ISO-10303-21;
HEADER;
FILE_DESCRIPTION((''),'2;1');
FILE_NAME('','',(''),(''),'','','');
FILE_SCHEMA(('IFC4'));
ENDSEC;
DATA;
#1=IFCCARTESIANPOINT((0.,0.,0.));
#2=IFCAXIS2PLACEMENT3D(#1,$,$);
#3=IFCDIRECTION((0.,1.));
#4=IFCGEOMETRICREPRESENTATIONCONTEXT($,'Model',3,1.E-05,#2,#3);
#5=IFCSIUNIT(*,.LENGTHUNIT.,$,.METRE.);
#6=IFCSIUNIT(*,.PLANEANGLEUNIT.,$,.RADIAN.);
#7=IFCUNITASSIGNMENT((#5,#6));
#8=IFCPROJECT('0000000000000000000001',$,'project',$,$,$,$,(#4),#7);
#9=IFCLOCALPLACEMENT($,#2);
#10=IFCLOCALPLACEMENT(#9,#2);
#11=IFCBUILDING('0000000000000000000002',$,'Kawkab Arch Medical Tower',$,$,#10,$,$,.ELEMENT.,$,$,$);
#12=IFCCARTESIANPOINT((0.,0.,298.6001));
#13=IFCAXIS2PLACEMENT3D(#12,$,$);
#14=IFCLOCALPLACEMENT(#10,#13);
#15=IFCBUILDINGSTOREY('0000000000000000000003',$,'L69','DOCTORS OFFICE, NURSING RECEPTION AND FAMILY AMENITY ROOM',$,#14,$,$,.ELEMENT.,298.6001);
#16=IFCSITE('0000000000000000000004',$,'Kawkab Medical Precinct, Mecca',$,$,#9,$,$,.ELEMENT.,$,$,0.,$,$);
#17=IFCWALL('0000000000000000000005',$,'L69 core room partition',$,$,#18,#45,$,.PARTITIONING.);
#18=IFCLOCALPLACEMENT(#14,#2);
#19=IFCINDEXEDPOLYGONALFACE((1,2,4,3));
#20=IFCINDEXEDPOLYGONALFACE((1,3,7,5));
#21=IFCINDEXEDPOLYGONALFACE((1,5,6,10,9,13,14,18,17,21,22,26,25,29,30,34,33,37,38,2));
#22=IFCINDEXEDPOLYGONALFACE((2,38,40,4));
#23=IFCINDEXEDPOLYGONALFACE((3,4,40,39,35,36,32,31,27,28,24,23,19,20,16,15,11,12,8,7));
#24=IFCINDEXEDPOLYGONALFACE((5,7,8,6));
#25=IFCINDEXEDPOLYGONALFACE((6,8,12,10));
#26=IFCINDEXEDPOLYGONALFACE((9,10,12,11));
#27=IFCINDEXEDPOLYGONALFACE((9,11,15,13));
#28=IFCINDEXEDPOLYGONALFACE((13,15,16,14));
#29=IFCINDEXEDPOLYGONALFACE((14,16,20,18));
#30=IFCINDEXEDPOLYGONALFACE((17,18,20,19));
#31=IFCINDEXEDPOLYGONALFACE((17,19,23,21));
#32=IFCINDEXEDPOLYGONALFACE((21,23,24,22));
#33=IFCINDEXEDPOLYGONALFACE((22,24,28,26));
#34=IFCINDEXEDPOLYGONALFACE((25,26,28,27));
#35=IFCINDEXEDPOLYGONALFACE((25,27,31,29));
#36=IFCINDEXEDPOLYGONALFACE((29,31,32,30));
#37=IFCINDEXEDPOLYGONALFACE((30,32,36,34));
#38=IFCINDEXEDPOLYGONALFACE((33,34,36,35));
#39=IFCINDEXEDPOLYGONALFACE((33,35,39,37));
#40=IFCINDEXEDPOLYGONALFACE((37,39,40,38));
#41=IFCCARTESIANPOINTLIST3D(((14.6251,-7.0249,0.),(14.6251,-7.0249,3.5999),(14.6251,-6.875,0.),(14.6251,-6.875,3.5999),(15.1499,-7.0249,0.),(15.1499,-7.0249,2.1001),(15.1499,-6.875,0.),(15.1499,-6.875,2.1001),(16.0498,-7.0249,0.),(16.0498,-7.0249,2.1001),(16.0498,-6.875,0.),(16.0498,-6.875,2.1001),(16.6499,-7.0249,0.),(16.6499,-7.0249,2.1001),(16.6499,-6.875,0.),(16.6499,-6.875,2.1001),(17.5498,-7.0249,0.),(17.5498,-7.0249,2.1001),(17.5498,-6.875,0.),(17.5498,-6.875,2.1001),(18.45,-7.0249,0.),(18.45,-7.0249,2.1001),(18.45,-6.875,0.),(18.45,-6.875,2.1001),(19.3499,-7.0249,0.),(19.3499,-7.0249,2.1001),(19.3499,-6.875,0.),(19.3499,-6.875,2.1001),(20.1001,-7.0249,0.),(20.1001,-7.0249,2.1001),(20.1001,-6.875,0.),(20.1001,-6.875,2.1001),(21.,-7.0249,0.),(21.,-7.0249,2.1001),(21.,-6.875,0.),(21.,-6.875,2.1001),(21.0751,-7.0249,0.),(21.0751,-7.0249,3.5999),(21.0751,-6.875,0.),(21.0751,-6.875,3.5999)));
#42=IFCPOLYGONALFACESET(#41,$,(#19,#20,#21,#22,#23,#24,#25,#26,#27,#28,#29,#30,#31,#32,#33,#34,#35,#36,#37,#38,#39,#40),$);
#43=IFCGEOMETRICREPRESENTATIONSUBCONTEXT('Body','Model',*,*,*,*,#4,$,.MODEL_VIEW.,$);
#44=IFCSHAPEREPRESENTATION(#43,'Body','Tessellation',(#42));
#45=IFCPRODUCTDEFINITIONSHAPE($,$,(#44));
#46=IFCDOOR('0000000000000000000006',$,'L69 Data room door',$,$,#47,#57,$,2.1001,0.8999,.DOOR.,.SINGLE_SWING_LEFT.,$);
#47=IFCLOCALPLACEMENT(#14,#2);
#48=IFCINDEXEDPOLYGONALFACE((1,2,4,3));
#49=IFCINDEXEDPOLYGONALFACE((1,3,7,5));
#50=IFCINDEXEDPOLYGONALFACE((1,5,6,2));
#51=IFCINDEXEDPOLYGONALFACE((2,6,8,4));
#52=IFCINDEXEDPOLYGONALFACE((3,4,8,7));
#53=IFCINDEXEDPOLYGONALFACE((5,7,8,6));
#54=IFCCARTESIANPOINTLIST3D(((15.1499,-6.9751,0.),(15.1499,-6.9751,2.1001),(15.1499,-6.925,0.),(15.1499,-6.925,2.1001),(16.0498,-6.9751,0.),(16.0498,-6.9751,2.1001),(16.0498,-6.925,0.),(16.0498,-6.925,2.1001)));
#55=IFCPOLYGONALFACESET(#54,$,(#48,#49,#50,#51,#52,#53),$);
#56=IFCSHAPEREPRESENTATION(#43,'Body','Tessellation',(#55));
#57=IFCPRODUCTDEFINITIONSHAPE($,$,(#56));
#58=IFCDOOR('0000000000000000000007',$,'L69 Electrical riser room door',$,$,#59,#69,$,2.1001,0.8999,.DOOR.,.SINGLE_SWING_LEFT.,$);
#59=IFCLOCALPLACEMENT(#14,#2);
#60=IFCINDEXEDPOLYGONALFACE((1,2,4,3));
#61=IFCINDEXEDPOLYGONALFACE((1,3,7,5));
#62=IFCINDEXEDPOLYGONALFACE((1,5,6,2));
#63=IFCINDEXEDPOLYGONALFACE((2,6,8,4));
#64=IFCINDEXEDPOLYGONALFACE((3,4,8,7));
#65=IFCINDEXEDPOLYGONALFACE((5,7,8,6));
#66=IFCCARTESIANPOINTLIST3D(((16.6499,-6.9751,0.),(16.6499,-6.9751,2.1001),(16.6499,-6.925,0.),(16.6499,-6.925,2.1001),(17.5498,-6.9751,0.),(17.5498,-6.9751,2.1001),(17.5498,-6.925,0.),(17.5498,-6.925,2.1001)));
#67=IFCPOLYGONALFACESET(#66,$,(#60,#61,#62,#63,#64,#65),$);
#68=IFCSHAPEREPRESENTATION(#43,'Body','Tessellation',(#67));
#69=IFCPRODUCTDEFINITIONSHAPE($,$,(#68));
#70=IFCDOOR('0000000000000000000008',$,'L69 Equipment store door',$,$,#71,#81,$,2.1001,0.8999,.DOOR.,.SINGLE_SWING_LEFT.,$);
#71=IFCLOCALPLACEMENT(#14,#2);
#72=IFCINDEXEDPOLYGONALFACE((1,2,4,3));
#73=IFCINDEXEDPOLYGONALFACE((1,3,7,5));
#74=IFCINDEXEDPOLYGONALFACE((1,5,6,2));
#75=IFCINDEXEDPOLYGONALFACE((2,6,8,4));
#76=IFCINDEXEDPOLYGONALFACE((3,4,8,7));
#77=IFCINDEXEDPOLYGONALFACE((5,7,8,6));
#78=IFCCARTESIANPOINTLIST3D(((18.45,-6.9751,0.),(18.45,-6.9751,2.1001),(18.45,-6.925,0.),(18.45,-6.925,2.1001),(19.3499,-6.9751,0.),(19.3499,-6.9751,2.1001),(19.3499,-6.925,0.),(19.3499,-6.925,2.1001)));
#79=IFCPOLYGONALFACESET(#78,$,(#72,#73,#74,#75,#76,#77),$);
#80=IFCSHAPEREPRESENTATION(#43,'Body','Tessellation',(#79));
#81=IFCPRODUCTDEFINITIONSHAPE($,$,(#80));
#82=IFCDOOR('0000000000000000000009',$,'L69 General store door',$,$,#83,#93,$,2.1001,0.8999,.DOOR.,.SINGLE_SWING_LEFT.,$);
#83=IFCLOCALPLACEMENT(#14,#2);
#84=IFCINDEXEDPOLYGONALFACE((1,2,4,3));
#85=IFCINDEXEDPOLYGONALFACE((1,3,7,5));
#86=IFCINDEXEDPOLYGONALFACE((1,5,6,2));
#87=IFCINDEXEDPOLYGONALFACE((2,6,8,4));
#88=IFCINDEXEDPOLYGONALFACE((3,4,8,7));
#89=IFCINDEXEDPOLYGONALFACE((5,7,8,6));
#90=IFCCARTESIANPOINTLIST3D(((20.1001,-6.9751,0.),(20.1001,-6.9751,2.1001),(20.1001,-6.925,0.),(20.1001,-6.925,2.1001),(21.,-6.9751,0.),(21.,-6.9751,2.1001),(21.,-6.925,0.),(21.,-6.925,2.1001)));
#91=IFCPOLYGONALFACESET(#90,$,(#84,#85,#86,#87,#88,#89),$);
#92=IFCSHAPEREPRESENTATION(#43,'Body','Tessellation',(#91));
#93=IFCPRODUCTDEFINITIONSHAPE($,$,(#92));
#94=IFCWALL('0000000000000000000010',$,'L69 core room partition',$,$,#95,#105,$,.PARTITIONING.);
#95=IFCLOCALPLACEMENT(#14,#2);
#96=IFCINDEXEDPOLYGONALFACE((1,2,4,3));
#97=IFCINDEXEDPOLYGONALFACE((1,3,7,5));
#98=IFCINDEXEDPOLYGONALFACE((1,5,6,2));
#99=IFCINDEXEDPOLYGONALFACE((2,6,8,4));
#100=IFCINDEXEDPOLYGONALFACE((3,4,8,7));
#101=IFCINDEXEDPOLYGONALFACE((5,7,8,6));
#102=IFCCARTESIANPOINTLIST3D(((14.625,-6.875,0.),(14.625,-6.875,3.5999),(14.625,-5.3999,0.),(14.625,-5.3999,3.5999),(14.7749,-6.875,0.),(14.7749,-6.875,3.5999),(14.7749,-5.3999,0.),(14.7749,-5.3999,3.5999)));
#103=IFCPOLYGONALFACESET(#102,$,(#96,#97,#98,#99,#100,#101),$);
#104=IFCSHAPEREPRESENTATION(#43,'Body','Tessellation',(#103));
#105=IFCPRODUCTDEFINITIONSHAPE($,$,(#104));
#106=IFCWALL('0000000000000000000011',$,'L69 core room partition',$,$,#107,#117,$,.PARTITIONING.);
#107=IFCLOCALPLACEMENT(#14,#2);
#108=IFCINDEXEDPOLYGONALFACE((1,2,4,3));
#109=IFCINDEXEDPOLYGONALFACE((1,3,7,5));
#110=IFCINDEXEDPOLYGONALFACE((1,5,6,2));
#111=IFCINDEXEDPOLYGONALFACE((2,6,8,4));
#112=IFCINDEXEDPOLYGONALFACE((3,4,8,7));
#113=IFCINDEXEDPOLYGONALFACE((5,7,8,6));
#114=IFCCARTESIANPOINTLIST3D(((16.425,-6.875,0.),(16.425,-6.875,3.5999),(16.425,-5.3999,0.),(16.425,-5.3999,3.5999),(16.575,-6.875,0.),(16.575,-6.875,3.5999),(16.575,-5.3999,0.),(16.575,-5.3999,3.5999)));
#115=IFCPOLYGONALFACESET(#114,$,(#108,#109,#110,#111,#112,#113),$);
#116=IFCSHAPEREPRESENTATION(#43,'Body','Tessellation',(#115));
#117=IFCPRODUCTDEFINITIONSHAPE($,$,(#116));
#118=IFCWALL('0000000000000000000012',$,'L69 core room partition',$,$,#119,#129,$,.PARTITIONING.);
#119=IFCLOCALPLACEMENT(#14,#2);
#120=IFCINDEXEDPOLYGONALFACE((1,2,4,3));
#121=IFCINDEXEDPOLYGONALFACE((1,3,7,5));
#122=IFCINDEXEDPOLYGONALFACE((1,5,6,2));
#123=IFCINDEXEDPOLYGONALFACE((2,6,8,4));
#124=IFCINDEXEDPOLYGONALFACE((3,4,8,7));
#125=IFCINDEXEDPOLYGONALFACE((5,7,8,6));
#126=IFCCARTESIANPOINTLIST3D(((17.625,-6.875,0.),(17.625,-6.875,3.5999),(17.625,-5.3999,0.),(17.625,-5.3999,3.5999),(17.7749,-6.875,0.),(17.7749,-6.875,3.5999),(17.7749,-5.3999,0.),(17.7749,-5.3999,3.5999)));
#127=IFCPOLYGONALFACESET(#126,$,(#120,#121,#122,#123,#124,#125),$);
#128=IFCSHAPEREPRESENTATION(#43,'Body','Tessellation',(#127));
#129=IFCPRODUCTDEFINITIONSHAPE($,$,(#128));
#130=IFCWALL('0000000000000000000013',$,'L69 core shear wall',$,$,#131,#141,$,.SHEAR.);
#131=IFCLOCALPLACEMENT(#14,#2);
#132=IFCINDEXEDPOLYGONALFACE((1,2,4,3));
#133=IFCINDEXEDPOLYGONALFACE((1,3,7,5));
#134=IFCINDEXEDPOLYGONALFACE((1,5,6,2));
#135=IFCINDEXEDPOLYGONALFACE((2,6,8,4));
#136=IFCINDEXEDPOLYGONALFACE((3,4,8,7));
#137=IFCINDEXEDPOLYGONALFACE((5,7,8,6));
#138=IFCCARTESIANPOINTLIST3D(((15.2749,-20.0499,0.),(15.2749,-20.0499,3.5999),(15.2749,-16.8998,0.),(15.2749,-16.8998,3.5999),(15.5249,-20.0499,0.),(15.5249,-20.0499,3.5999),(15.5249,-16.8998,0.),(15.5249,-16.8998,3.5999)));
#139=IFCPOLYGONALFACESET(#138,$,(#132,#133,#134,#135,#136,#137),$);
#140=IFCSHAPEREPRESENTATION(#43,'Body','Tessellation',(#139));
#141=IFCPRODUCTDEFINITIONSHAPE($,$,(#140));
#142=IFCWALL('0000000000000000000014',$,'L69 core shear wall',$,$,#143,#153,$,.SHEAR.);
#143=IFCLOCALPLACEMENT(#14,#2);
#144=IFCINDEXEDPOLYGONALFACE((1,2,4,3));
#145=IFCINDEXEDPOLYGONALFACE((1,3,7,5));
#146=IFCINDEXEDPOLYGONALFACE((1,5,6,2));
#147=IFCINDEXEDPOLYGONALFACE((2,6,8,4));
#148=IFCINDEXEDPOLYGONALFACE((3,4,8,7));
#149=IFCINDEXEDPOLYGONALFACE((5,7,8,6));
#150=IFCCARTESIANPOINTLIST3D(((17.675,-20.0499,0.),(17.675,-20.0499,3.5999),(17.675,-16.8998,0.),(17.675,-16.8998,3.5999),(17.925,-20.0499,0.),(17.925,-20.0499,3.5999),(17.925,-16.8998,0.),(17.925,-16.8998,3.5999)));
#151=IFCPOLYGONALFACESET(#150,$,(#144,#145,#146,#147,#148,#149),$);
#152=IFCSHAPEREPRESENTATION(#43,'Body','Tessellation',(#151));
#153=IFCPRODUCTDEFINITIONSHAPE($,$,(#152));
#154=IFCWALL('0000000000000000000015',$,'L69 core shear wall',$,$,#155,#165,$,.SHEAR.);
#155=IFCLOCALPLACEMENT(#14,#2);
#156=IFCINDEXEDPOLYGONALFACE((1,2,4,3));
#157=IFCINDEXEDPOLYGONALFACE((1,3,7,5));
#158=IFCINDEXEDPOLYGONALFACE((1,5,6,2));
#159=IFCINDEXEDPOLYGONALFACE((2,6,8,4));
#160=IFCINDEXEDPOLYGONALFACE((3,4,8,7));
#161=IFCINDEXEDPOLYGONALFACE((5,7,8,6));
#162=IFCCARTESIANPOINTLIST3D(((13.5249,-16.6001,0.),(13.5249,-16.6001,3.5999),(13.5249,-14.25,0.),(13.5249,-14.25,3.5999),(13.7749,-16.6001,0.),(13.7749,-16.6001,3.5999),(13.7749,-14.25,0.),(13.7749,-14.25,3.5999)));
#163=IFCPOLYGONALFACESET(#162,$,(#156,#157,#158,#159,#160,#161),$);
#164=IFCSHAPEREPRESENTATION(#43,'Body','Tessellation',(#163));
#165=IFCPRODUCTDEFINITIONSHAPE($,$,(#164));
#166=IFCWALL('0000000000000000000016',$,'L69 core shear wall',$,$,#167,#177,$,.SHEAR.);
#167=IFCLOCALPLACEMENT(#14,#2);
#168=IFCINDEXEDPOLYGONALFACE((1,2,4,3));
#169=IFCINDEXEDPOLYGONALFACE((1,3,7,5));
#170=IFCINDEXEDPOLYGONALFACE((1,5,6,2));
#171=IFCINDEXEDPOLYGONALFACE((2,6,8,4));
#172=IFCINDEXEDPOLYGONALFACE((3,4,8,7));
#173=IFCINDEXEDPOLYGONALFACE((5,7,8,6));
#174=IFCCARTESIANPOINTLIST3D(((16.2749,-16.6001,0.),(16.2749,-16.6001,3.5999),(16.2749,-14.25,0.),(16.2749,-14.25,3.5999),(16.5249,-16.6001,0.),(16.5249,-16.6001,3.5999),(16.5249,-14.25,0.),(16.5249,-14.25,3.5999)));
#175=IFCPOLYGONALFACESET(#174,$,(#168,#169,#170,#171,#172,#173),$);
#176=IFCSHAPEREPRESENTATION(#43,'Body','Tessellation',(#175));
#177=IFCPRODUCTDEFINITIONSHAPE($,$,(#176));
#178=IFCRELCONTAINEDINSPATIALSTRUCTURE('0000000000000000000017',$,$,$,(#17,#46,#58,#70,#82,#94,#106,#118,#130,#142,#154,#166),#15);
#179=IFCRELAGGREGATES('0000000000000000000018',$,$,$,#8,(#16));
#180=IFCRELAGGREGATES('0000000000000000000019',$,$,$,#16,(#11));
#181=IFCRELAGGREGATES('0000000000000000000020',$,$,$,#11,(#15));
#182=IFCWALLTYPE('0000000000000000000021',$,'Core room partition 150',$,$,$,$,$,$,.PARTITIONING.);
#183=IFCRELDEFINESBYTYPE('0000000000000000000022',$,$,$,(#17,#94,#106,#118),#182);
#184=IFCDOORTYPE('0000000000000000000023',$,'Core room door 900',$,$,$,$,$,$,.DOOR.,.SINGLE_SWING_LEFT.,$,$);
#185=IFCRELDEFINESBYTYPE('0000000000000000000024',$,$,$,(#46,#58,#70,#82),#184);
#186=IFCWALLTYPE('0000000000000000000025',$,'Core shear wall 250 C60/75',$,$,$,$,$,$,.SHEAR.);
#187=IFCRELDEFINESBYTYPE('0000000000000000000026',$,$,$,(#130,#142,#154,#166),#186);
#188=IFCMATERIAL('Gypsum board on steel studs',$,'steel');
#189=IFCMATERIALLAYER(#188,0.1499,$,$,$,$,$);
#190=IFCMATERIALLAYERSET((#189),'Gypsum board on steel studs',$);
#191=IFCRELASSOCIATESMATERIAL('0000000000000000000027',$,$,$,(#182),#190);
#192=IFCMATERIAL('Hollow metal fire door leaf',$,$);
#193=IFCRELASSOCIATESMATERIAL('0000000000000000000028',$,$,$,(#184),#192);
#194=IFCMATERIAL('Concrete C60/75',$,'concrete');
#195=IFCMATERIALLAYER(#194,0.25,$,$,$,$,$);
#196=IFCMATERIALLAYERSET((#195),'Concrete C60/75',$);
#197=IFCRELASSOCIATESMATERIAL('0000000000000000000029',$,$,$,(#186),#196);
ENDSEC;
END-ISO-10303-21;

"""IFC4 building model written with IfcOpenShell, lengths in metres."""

from ifc_helpers import new_model, si_unit, direction, frame, frame_2d, origin, place, context, subcontext, project, spatial, rectangle, extrude, material, layer, layer_set, type_object, element, fill, save


model = new_model("IFC4")

# Units and contexts
model_context = context("Model", 3, precision=1e-05, world=origin(), true_north=direction((0.0, 1.0)))
body_context = subcontext(model_context, "Body", "Model", "MODEL_VIEW")
ifc_project = project(units=[si_unit("LENGTHUNIT", "METRE"), si_unit("PLANEANGLEUNIT", "RADIAN")], contexts=[model_context])

# Site, building, storey
site_placement = place(None, origin())
site = spatial("IfcSite", under=ifc_project, at=site_placement, Name="Kawkab Medical Precinct, Mecca", CompositionType="ELEMENT", RefElevation=0.0)
building_placement = place(site_placement, origin())
building = spatial("IfcBuilding", under=site, at=building_placement, Name="Kawkab Arch Medical Tower", CompositionType="ELEMENT")
storey_placement = place(building_placement, frame((0.0, 0.0, 298.6001)))
storey = spatial("IfcBuildingStorey", under=building, at=storey_placement, Name="L69", Description="DOCTORS OFFICE, NURSING RECEPTION AND FAMILY AMENITY ROOM", CompositionType="ELEMENT", Elevation=298.6001)

# Wall, openings, doors
ifc_material_1 = material(Name="Gypsum board on steel studs", Category="steel")
ifc_layer_1 = layer(ifc_material_1, 0.1499)
ifc_layer_set_1 = layer_set([ifc_layer_1], Name="Gypsum board on steel studs")
wall_type_1 = type_object("IfcWallType", Name="Core room partition 150", PredefinedType="PARTITIONING", material=ifc_layer_set_1)
wall_1_placement = place(storey_placement, frame((14.625, -6.95, 0.0), z_axis=(0.0, 0.0, 1.0), x_axis=(1.0, 0.0, 0.0)))
wall_1 = element("IfcWall", 1, at=wall_1_placement, inside=storey, type_object=wall_type_1, Name="L69 core room partition", PredefinedType="PARTITIONING", context=body_context, shape_type="SweptSolid", body=[
    extrude(rectangle(XDim=6.45, YDim=0.1499, at=frame_2d((3.2251, 0.0))), origin(), (0.0, 0.0, 1.0), 3.5999),
])
opening_1_placement = place(wall_1_placement, frame((0.5249, 0.0, 0.0)))
opening_1 = element("IfcOpeningElement", 2, at=opening_1_placement, cuts=wall_1, PredefinedType="OPENING", context=body_context, shape_type="SweptSolid", body=[
    extrude(rectangle(XDim=0.8999, YDim=2.1001, at=frame_2d((0.45, 1.05))), frame((0.0, 0.085, 0.0), z_axis=(0.0, -1.0, 0.0), x_axis=(1.0, 0.0, 0.0)), (0.0, 0.0, 1.0), 0.1699),
])
opening_2_placement = place(wall_1_placement, frame((2.0249, 0.0, 0.0)))
opening_2 = element("IfcOpeningElement", 3, at=opening_2_placement, cuts=wall_1, PredefinedType="OPENING", context=body_context, shape_type="SweptSolid", body=[
    extrude(rectangle(XDim=0.8999, YDim=2.1001, at=frame_2d((0.45, 1.05))), frame((0.0, 0.085, 0.0), z_axis=(0.0, -1.0, 0.0), x_axis=(1.0, 0.0, 0.0)), (0.0, 0.0, 1.0), 0.1699),
])
opening_3_placement = place(wall_1_placement, frame((3.825, 0.0, 0.0)))
opening_3 = element("IfcOpeningElement", 4, at=opening_3_placement, cuts=wall_1, PredefinedType="OPENING", context=body_context, shape_type="SweptSolid", body=[
    extrude(rectangle(XDim=0.8999, YDim=2.1001, at=frame_2d((0.45, 1.05))), frame((0.0, 0.085, 0.0), z_axis=(0.0, -1.0, 0.0), x_axis=(1.0, 0.0, 0.0)), (0.0, 0.0, 1.0), 0.1699),
])
opening_4_placement = place(wall_1_placement, frame((5.4751, 0.0, 0.0)))
opening_4 = element("IfcOpeningElement", 5, at=opening_4_placement, cuts=wall_1, PredefinedType="OPENING", context=body_context, shape_type="SweptSolid", body=[
    extrude(rectangle(XDim=0.8999, YDim=2.1001, at=frame_2d((0.45, 1.05))), frame((0.0, 0.085, 0.0), z_axis=(0.0, -1.0, 0.0), x_axis=(1.0, 0.0, 0.0)), (0.0, 0.0, 1.0), 0.1699),
])
ifc_material_2 = material(Name="Hollow metal fire door leaf")
door_type = type_object("IfcDoorType", Name="Core room door 900", OperationType="SINGLE_SWING_LEFT", PredefinedType="DOOR", material=ifc_material_2)
door_1_placement = place(opening_1_placement, origin())
door_1 = element("IfcDoor", 6, at=door_1_placement, inside=storey, type_object=door_type, Name="L69 Data room door", OperationType="SINGLE_SWING_LEFT", OverallHeight=2.1001, OverallWidth=0.8999, PredefinedType="DOOR", context=body_context, shape_type="SweptSolid", body=[
    extrude(rectangle(XDim=0.8999, YDim=2.1001, at=frame_2d((0.45, 1.05))), frame((0.0, 0.0249, 0.0), z_axis=(0.0, -1.0, 0.0), x_axis=(1.0, 0.0, 0.0)), (0.0, 0.0, 1.0), 0.05),
])
fill(opening_1, door_1)
door_2_placement = place(opening_2_placement, origin())
door_2 = element("IfcDoor", 7, at=door_2_placement, inside=storey, type_object=door_type, Name="L69 Electrical riser room door", OperationType="SINGLE_SWING_LEFT", OverallHeight=2.1001, OverallWidth=0.8999, PredefinedType="DOOR", context=body_context, shape_type="SweptSolid", body=[
    extrude(rectangle(XDim=0.8999, YDim=2.1001, at=frame_2d((0.45, 1.05))), frame((0.0, 0.0249, 0.0), z_axis=(0.0, -1.0, 0.0), x_axis=(1.0, 0.0, 0.0)), (0.0, 0.0, 1.0), 0.05),
])
fill(opening_2, door_2)
door_3_placement = place(opening_3_placement, origin())
door_3 = element("IfcDoor", 8, at=door_3_placement, inside=storey, type_object=door_type, Name="L69 Equipment store door", OperationType="SINGLE_SWING_LEFT", OverallHeight=2.1001, OverallWidth=0.8999, PredefinedType="DOOR", context=body_context, shape_type="SweptSolid", body=[
    extrude(rectangle(XDim=0.8999, YDim=2.1001, at=frame_2d((0.45, 1.05))), frame((0.0, 0.0249, 0.0), z_axis=(0.0, -1.0, 0.0), x_axis=(1.0, 0.0, 0.0)), (0.0, 0.0, 1.0), 0.05),
])
fill(opening_3, door_3)
door_4_placement = place(opening_4_placement, origin())
door_4 = element("IfcDoor", 9, at=door_4_placement, inside=storey, type_object=door_type, Name="L69 General store door", OperationType="SINGLE_SWING_LEFT", OverallHeight=2.1001, OverallWidth=0.8999, PredefinedType="DOOR", context=body_context, shape_type="SweptSolid", body=[
    extrude(rectangle(XDim=0.8999, YDim=2.1001, at=frame_2d((0.45, 1.05))), frame((0.0, 0.0249, 0.0), z_axis=(0.0, -1.0, 0.0), x_axis=(1.0, 0.0, 0.0)), (0.0, 0.0, 1.0), 0.05),
])
fill(opening_4, door_4)

# Walls
for number, where, z_axis, x_axis, name in (
    (10, (14.7, -6.875, 0.0), (0.0, 0.0, 1.0), (0.0, 1.0, 0.0), "L69 core room partition"),
    (11, (16.5, -6.875, 0.0), (0.0, 0.0, 1.0), (0.0, 1.0, 0.0), "L69 core room partition"),
    (12, (17.7, -6.875, 0.0), (0.0, 0.0, 1.0), (0.0, 1.0, 0.0), "L69 core room partition"),
):
    element("IfcWall", number, at=place(storey_placement, frame(where, z_axis=z_axis, x_axis=x_axis)), inside=storey, type_object=wall_type_1, Name=name, PredefinedType="PARTITIONING", context=body_context, shape_type="SweptSolid", body=[
        extrude(rectangle(XDim=1.4751, YDim=0.1499, at=frame_2d((0.7375, 0.0))), origin(), (0.0, 0.0, 1.0), 3.5999),
    ])
ifc_material_3 = material(Name="Concrete C60/75", Category="concrete")
ifc_layer_2 = layer(ifc_material_3, 0.25)
ifc_layer_set_2 = layer_set([ifc_layer_2], Name="Concrete C60/75")
wall_type_2 = type_object("IfcWallType", Name="Core shear wall 250 C60/75", PredefinedType="SHEAR", material=ifc_layer_set_2)
for number, where, z_axis, x_axis, name in (
    (13, (15.3999, -20.05, 0.0), (0.0, 0.0, 1.0), (0.0, 1.0, 0.0), "L69 core shear wall"),
    (14, (17.8, -20.05, 0.0), (0.0, 0.0, 1.0), (0.0, 1.0, 0.0), "L69 core shear wall"),
):
    element("IfcWall", number, at=place(storey_placement, frame(where, z_axis=z_axis, x_axis=x_axis)), inside=storey, type_object=wall_type_2, Name=name, PredefinedType="SHEAR", context=body_context, shape_type="SweptSolid", body=[
        extrude(rectangle(XDim=3.1501, YDim=0.25, at=frame_2d((1.5752, 0.0))), origin(), (0.0, 0.0, 1.0), 3.5999),
    ])
for number, where, z_axis, x_axis, name in (
    (15, (13.6499, -16.6001, 0.0), (0.0, 0.0, 1.0), (0.0, 1.0, 0.0), "L69 core shear wall"),
    (16, (16.3999, -16.6001, 0.0), (0.0, 0.0, 1.0), (0.0, 1.0, 0.0), "L69 core shear wall"),
):
    element("IfcWall", number, at=place(storey_placement, frame(where, z_axis=z_axis, x_axis=x_axis)), inside=storey, type_object=wall_type_2, Name=name, PredefinedType="SHEAR", context=body_context, shape_type="SweptSolid", body=[
        extrude(rectangle(XDim=2.3501, YDim=0.25, at=frame_2d((1.175, 0.0))), origin(), (0.0, 0.0, 1.0), 3.5999),
    ])

save(model, "model.ifc")
